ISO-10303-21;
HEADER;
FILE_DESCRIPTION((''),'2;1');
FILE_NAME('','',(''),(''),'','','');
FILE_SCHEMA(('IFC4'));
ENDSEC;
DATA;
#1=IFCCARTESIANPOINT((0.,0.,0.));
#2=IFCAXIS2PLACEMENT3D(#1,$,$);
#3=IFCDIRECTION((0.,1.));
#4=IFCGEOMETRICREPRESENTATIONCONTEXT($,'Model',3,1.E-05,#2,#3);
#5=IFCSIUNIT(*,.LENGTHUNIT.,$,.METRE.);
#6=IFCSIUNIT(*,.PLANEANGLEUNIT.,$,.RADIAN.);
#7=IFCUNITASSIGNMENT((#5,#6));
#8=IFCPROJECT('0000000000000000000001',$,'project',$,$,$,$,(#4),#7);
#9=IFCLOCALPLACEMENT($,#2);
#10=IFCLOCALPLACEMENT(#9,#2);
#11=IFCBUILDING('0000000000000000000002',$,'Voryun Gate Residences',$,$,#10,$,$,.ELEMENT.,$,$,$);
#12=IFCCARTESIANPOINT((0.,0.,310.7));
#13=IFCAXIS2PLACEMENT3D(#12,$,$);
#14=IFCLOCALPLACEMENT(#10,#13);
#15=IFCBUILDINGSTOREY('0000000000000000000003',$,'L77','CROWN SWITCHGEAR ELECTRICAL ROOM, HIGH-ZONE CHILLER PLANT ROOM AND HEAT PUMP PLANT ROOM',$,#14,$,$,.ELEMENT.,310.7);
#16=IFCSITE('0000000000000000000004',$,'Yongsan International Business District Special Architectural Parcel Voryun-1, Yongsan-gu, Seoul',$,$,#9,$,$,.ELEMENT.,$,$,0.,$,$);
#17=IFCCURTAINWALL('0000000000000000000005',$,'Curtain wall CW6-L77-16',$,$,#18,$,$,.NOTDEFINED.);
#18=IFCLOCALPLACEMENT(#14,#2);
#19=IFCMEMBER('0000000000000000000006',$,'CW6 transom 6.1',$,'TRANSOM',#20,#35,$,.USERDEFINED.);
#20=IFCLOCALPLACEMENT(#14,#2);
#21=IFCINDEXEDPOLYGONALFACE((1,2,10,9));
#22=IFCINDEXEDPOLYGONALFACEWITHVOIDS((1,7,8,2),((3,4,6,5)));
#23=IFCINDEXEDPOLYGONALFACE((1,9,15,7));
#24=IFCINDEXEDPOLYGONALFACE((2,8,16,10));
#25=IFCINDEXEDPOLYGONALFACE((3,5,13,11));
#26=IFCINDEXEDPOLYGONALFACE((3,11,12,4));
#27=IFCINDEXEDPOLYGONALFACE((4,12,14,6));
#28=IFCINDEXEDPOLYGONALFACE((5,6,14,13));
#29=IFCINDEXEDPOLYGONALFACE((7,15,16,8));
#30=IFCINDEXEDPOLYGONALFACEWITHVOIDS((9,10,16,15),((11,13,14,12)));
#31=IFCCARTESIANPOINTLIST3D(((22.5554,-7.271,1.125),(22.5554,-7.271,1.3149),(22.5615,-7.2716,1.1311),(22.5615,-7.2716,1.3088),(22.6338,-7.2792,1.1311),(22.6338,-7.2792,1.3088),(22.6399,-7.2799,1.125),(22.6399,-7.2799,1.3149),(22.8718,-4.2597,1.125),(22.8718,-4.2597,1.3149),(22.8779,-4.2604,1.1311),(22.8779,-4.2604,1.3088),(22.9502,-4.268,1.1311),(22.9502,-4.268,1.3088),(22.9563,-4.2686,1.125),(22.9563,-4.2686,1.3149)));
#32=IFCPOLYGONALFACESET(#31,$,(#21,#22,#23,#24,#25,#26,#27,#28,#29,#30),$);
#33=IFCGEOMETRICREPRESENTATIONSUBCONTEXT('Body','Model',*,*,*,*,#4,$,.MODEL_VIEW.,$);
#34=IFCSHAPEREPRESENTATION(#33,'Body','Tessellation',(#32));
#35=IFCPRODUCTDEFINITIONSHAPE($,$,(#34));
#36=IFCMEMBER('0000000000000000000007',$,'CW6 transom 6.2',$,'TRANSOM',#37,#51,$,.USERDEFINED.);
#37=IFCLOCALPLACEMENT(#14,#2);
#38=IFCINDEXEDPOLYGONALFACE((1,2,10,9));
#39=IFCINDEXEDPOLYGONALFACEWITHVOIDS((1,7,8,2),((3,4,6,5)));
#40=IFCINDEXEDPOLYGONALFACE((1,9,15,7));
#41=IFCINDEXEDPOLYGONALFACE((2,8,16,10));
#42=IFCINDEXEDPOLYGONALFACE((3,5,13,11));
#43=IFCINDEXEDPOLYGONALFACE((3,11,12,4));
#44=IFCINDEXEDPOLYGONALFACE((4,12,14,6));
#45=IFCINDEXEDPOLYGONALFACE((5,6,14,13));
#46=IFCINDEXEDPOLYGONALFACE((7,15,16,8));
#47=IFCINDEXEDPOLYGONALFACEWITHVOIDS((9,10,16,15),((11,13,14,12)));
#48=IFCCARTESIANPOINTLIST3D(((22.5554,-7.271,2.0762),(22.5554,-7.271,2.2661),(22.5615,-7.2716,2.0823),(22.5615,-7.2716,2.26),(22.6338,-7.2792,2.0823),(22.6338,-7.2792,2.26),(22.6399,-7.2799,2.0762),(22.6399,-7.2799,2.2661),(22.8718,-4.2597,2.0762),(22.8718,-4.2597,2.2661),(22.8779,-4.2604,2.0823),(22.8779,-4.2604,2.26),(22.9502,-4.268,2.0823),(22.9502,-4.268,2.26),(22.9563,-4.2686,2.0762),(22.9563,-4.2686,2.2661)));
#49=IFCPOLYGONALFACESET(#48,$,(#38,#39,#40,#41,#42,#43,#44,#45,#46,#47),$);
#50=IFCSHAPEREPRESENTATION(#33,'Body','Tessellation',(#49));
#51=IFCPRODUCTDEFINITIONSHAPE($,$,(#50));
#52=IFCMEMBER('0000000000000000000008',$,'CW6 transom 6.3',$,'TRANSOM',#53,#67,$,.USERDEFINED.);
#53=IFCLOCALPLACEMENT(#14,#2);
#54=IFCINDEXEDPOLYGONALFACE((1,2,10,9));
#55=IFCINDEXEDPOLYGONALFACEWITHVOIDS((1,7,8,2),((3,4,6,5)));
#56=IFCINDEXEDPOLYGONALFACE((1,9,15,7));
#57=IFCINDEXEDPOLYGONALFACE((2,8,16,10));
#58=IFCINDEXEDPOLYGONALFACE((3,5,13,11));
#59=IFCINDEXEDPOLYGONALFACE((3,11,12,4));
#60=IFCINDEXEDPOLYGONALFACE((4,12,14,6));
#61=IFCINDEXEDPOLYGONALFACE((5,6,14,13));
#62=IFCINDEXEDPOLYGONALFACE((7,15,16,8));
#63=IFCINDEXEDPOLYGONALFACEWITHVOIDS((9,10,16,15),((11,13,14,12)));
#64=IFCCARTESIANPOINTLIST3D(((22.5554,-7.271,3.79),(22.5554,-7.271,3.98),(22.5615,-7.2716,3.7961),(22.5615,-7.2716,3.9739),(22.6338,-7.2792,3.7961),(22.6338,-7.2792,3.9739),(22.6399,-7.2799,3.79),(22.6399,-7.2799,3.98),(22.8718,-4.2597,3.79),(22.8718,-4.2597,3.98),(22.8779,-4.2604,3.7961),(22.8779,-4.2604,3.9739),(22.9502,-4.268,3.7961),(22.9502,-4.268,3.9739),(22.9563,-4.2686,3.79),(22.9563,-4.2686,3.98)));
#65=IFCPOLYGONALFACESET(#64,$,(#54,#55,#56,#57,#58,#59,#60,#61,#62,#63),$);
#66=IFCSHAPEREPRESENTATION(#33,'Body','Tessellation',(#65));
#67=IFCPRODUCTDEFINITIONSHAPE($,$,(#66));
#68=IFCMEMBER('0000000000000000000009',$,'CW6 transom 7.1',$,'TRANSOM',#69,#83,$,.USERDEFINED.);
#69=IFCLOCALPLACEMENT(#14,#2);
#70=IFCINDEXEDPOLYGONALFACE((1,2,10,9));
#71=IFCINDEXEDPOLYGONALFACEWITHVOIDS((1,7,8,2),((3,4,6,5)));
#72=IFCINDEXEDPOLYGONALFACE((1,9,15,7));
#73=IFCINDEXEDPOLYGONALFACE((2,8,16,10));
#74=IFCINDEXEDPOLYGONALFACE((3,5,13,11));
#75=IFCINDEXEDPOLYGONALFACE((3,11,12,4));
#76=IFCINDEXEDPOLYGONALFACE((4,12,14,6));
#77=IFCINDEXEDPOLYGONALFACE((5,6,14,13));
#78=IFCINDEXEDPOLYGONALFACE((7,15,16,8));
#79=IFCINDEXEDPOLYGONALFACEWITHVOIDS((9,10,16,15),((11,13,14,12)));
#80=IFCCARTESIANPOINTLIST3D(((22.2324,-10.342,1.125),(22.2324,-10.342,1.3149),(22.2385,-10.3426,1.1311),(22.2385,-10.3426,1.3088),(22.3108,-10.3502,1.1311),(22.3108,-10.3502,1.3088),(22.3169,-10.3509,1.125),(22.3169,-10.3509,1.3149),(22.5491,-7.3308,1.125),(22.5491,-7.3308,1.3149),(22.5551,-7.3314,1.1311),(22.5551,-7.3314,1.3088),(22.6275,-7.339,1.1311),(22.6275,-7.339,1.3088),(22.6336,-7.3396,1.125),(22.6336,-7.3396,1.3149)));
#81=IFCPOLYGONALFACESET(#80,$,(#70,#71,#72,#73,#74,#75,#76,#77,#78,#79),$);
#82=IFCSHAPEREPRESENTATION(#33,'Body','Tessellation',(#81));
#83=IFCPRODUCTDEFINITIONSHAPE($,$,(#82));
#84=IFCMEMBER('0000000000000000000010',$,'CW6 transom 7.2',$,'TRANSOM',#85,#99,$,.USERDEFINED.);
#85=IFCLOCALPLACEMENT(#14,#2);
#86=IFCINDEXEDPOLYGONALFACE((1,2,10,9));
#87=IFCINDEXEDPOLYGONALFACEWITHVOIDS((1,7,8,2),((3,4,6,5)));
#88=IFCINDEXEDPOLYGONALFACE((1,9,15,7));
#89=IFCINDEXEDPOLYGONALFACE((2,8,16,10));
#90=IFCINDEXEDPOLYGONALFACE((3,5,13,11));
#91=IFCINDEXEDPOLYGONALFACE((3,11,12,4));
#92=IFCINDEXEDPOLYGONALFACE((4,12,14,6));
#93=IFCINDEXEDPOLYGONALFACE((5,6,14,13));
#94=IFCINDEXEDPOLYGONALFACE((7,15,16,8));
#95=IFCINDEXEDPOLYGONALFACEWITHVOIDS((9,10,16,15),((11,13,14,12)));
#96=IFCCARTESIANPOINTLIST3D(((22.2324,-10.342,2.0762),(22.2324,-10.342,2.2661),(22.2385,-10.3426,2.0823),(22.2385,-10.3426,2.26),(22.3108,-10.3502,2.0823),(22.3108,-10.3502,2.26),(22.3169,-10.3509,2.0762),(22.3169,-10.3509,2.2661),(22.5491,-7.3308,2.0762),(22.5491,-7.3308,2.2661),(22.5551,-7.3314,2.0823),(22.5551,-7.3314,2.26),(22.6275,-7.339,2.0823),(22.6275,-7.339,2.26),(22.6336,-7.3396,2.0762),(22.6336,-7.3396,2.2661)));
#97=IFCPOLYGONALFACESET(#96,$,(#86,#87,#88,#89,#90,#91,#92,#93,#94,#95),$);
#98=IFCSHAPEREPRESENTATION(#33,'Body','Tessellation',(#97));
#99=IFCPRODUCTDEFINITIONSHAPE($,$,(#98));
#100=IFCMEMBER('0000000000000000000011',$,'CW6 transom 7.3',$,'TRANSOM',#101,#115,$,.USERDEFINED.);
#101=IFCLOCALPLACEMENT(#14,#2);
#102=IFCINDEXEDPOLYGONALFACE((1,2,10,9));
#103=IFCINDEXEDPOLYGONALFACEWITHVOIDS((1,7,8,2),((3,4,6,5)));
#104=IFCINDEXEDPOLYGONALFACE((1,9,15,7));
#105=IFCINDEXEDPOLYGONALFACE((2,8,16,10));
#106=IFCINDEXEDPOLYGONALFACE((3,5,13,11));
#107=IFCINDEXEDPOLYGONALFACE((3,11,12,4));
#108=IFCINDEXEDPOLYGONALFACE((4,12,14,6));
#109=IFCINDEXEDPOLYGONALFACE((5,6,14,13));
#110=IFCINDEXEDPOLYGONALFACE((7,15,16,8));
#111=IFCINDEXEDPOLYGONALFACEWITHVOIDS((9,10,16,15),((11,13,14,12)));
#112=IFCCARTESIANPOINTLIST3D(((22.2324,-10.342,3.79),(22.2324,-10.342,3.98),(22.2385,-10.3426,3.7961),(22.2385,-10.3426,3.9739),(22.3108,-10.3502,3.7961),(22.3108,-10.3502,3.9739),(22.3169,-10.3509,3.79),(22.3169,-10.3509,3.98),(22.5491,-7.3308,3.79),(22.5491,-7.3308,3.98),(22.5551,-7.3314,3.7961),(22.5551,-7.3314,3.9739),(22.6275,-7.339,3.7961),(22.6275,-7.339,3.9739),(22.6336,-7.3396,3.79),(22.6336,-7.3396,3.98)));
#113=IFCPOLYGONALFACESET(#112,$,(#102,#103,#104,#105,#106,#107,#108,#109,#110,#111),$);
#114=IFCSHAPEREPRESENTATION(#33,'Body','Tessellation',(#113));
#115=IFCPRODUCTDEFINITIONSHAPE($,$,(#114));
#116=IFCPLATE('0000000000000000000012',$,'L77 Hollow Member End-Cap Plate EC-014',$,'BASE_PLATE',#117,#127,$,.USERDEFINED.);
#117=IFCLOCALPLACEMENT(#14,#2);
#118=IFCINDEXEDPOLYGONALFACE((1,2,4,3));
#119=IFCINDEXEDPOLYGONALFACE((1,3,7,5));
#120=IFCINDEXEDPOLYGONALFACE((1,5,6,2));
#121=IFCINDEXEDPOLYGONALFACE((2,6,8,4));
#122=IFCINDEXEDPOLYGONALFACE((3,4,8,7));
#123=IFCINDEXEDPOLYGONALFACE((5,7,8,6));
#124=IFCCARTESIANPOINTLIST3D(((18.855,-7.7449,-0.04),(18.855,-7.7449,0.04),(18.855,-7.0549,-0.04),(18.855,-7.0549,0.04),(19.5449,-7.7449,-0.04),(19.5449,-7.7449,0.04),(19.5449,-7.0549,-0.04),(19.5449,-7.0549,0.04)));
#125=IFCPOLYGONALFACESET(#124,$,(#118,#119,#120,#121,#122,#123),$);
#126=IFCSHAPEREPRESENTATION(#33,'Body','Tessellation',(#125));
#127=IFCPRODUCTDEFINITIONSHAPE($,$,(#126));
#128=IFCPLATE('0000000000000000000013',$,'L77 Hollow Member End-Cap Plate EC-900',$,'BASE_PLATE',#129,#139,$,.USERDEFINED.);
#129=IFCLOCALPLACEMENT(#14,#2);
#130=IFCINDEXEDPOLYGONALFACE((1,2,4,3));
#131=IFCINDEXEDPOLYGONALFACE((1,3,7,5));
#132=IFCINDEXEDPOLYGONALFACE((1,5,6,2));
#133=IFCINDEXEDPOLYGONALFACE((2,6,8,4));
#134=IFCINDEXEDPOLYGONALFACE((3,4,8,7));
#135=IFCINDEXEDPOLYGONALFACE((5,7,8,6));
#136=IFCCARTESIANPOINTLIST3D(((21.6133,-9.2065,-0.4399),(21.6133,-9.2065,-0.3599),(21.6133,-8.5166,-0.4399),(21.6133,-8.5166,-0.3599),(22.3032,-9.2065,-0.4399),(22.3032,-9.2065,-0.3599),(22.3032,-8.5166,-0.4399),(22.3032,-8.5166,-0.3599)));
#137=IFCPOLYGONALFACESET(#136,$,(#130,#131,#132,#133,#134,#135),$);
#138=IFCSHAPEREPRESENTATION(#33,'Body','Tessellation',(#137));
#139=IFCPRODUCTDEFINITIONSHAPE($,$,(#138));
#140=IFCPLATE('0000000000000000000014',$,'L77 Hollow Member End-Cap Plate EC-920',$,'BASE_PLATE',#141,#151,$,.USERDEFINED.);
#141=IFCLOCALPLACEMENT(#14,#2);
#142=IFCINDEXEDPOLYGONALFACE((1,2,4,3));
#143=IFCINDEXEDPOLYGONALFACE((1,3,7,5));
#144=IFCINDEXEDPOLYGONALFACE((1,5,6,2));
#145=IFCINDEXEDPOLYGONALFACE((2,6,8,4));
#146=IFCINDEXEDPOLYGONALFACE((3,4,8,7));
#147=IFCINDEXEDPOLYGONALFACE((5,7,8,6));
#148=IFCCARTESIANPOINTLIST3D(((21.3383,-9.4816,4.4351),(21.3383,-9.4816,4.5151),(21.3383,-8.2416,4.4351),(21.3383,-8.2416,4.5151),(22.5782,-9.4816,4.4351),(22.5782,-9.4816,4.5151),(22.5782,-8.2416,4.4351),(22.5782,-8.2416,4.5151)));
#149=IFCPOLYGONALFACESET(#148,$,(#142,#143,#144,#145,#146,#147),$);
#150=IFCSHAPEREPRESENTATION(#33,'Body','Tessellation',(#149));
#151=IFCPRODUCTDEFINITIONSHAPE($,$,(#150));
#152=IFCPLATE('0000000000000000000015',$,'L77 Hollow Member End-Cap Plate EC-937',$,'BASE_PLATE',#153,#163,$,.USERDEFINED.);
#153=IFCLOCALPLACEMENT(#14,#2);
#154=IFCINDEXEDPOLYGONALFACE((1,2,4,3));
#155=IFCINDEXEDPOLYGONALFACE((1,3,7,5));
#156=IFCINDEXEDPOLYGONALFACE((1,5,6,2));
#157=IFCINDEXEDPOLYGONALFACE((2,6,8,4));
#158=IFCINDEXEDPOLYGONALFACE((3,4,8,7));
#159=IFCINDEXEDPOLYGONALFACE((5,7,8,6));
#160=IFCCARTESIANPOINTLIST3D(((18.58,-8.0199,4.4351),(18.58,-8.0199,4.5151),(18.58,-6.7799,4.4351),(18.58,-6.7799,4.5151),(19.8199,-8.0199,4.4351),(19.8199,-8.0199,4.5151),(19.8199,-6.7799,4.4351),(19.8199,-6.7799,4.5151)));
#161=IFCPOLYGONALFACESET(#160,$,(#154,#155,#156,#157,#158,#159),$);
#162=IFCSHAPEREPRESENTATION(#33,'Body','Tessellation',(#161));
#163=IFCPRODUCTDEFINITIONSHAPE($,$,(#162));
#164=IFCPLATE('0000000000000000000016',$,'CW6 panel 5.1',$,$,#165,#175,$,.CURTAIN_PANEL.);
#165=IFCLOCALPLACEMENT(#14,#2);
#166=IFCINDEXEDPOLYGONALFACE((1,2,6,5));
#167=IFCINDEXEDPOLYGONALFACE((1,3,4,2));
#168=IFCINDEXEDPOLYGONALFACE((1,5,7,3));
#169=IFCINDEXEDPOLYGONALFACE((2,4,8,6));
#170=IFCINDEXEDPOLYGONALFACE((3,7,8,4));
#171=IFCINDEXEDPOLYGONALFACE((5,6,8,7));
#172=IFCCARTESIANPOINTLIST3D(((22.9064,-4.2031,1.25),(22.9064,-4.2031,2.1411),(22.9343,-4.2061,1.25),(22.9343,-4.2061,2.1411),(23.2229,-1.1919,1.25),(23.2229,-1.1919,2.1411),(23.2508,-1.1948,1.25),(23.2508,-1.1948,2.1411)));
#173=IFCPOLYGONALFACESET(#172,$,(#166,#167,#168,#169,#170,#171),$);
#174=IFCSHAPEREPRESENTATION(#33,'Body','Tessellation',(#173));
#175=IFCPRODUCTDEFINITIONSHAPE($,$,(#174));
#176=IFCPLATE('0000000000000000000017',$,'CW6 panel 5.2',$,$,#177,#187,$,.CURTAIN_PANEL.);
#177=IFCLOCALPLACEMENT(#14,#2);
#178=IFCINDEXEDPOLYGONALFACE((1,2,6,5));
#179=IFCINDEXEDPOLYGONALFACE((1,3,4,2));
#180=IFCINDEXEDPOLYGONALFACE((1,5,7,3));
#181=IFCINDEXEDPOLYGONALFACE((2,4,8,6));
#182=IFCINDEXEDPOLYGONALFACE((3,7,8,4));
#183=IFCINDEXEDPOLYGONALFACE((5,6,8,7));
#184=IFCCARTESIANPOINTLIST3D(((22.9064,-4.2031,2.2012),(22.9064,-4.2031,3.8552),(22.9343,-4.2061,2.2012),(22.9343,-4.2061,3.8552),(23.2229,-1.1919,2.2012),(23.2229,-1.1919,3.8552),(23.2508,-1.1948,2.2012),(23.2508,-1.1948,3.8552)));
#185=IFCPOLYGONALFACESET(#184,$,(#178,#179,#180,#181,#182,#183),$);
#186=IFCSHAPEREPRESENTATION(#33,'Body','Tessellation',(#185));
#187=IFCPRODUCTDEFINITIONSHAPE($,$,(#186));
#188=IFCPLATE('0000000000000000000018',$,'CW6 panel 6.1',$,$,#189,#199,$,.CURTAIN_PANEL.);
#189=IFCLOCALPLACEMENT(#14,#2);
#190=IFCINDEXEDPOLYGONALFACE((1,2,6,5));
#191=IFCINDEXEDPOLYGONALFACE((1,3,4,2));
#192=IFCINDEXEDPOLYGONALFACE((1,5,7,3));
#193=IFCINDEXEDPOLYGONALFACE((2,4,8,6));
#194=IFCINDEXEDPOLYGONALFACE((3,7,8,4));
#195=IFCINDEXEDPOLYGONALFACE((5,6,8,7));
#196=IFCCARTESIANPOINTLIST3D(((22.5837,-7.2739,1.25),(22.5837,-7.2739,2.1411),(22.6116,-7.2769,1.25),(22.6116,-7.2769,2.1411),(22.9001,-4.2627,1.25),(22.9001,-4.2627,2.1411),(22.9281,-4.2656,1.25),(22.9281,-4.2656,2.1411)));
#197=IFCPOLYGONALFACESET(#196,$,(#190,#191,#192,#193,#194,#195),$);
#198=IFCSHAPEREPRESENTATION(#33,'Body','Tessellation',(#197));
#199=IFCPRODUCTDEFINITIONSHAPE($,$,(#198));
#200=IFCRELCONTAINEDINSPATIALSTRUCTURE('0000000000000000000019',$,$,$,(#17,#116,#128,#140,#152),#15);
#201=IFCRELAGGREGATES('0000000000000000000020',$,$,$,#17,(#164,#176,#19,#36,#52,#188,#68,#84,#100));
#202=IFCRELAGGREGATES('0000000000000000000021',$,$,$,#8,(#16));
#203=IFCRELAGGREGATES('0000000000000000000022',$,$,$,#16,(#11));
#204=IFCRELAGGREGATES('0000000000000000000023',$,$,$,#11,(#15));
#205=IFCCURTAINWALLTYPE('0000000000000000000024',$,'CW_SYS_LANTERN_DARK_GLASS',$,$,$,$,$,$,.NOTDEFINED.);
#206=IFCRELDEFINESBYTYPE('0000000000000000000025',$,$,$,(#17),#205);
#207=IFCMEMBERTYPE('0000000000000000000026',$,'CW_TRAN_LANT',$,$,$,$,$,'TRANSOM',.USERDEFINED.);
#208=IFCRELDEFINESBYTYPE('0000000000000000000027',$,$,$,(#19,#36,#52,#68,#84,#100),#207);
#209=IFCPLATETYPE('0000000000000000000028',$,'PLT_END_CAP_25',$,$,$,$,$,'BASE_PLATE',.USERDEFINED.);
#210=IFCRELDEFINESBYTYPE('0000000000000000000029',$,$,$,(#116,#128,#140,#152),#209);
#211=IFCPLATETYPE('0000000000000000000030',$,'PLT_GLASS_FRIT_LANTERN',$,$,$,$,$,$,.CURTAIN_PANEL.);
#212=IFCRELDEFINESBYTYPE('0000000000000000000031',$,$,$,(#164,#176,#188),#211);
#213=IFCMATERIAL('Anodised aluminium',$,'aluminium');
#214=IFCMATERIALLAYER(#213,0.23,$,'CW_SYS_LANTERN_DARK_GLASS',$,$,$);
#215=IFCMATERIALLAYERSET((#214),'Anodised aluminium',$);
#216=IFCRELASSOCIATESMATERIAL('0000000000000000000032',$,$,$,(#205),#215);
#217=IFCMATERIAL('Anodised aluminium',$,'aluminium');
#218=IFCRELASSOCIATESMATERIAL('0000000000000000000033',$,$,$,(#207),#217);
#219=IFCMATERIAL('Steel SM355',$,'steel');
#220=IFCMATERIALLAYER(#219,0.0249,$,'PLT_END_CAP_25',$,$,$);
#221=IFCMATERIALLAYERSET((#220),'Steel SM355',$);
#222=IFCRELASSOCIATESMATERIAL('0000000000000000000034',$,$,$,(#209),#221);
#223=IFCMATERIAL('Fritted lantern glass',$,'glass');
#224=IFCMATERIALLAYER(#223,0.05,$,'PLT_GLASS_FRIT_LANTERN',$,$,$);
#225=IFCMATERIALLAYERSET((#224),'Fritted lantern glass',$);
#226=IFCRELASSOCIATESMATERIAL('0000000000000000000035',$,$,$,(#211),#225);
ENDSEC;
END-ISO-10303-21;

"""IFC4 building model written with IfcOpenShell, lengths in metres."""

from ifc_helpers import new_model, si_unit, direction, frame, origin, origin_2d, place, context, subcontext, project, spatial, rectangle, hollow_rectangle, extrude, material, layer, layer_set, material_profile, profile_set, type_object, element, aggregate, save


model = new_model("IFC4")

# Units and contexts
model_context = context("Model", 3, precision=1e-05, world=origin(), true_north=direction((0.0, 1.0)))
body_context = subcontext(model_context, "Body", "Model", "MODEL_VIEW")
ifc_project = project(units=[si_unit("LENGTHUNIT", "METRE"), si_unit("PLANEANGLEUNIT", "RADIAN")], contexts=[model_context])

# Site, building, storey
site_placement = place(None, origin())
site = spatial("IfcSite", under=ifc_project, at=site_placement, Name="Yongsan International Business District Special Architectural Parcel Voryun-1, Yongsan-gu, Seoul", CompositionType="ELEMENT", RefElevation=0.0)
building_placement = place(site_placement, origin())
building = spatial("IfcBuilding", under=site, at=building_placement, Name="Voryun Gate Residences", CompositionType="ELEMENT")
storey_placement = place(building_placement, frame((0.0, 0.0, 310.7)))
storey = spatial("IfcBuildingStorey", under=building, at=storey_placement, Name="L77", Description="CROWN SWITCHGEAR ELECTRICAL ROOM, HIGH-ZONE CHILLER PLANT ROOM AND HEAT PUMP PLANT ROOM", CompositionType="ELEMENT", Elevation=310.7)

# Curtain wall, members
ifc_material_1 = material(Name="Anodised aluminium", Category="aluminium")
ifc_layer_1 = layer(ifc_material_1, 0.23, Name="CW_SYS_LANTERN_DARK_GLASS")
ifc_layer_set_1 = layer_set([ifc_layer_1], Name="Anodised aluminium")
curtain_wall_type = type_object("IfcCurtainWallType", Name="CW_SYS_LANTERN_DARK_GLASS", PredefinedType="NOTDEFINED", material=ifc_layer_set_1)
curtain_wall_placement = place(storey_placement, origin())
curtain_wall = element("IfcCurtainWall", 1, at=curtain_wall_placement, inside=storey, type_object=curtain_wall_type, Name="Curtain wall CW6-L77-16", PredefinedType="NOTDEFINED")
ifc_material_2 = material(Name="Anodised aluminium", Category="aluminium")
ifc_material_profile_1 = material_profile(ifc_material_2, hollow_rectangle(XDim=0.085, YDim=0.1899, WallThickness=0.0061, at=origin_2d()), Name="ALU-TRAN-190x85x6")
ifc_profile_set_1 = profile_set([ifc_material_profile_1], Name="Anodised aluminium")
member_type_1 = type_object("IfcMemberType", Name="CW_TRAN_LANT", ElementType="TRANSOM", PredefinedType="USERDEFINED", material=ifc_profile_set_1)
member_1_placement = place(storey_placement, frame((22.9141, -4.2642, 1.22), z_axis=(-0.1045, -0.994525, 0.0), x_axis=(0.994525, -0.1045, 0.0)))
member_1 = element("IfcMember", 2, at=member_1_placement, type_object=member_type_1, Name="CW6 transom 6.1", ObjectType="TRANSOM", PredefinedType="USERDEFINED", context=body_context, shape_type="SweptSolid", body=[
    extrude(hollow_rectangle(XDim=0.085, YDim=0.1899, WallThickness=0.0061, at=origin_2d()), origin(), (0.0, 0.0, 1.0), 3.0278),
])
member_2_placement = place(storey_placement, frame((22.9141, -4.2642, 2.1711), z_axis=(-0.1045, -0.994525, 0.0), x_axis=(0.994525, -0.1045, 0.0)))
member_2 = element("IfcMember", 3, at=member_2_placement, type_object=member_type_1, Name="CW6 transom 6.2", ObjectType="TRANSOM", PredefinedType="USERDEFINED", context=body_context, shape_type="SweptSolid", body=[
    extrude(hollow_rectangle(XDim=0.085, YDim=0.1899, WallThickness=0.0061, at=origin_2d()), origin(), (0.0, 0.0, 1.0), 3.0278),
])
member_3_placement = place(storey_placement, frame((22.9141, -4.2642, 3.885), z_axis=(-0.1045, -0.994525, 0.0), x_axis=(0.994525, -0.1045, 0.0)))
member_3 = element("IfcMember", 4, at=member_3_placement, type_object=member_type_1, Name="CW6 transom 6.3", ObjectType="TRANSOM", PredefinedType="USERDEFINED", context=body_context, shape_type="SweptSolid", body=[
    extrude(hollow_rectangle(XDim=0.085, YDim=0.1899, WallThickness=0.0061, at=origin_2d()), origin(), (0.0, 0.0, 1.0), 3.0278),
])
member_4_placement = place(storey_placement, frame((22.5913, -7.3352, 1.22), z_axis=(-0.10458, -0.994516, 0.0), x_axis=(0.994516, -0.10458, 0.0)))
member_4 = element("IfcMember", 5, at=member_4_placement, type_object=member_type_1, Name="CW6 transom 7.1", ObjectType="TRANSOM", PredefinedType="USERDEFINED", context=body_context, shape_type="SweptSolid", body=[
    extrude(hollow_rectangle(XDim=0.085, YDim=0.1899, WallThickness=0.0061, at=origin_2d()), origin(), (0.0, 0.0, 1.0), 3.0278),
])
member_5_placement = place(storey_placement, frame((22.5913, -7.3352, 2.1711), z_axis=(-0.10458, -0.994516, 0.0), x_axis=(0.994516, -0.10458, 0.0)))
member_5 = element("IfcMember", 6, at=member_5_placement, type_object=member_type_1, Name="CW6 transom 7.2", ObjectType="TRANSOM", PredefinedType="USERDEFINED", context=body_context, shape_type="SweptSolid", body=[
    extrude(hollow_rectangle(XDim=0.085, YDim=0.1899, WallThickness=0.0061, at=origin_2d()), origin(), (0.0, 0.0, 1.0), 3.0278),
])
member_6_placement = place(storey_placement, frame((22.5913, -7.3352, 3.885), z_axis=(-0.10458, -0.994516, 0.0), x_axis=(0.994516, -0.10458, 0.0)))
member_6 = element("IfcMember", 7, at=member_6_placement, type_object=member_type_1, Name="CW6 transom 7.3", ObjectType="TRANSOM", PredefinedType="USERDEFINED", context=body_context, shape_type="SweptSolid", body=[
    extrude(hollow_rectangle(XDim=0.085, YDim=0.1899, WallThickness=0.0061, at=origin_2d()), origin(), (0.0, 0.0, 1.0), 3.0278),
])

# Plates
ifc_material_3 = material(Name="Steel SM355", Category="steel")
ifc_layer_2 = layer(ifc_material_3, 0.0249, Name="PLT_END_CAP_25")
ifc_layer_set_2 = layer_set([ifc_layer_2], Name="Steel SM355")
plate_type_1 = type_object("IfcPlateType", Name="PLT_END_CAP_25", ElementType="BASE_PLATE", PredefinedType="USERDEFINED", material=ifc_layer_set_2)
for number, where, z_axis, x_axis, name in (
    (8, (19.2, -7.3999, -0.04), (0.0, 0.0, 1.0), (1.0, 0.0, 0.0), "L77 Hollow Member End-Cap Plate EC-014"),
    (9, (21.9583, -8.8616, -0.4399), (0.0, 0.0, 1.0), (1.0, 0.0, 0.0), "L77 Hollow Member End-Cap Plate EC-900"),
):
    element("IfcPlate", number, at=place(storey_placement, frame(where, z_axis=z_axis, x_axis=x_axis)), inside=storey, type_object=plate_type_1, Name=name, ObjectType="BASE_PLATE", PredefinedType="USERDEFINED", context=body_context, shape_type="SweptSolid", body=[
        extrude(rectangle(XDim=0.6899, YDim=0.6899, at=origin_2d()), origin(), (0.0, 0.0, 1.0), 0.0801),
    ])
for number, where, z_axis, x_axis, name in (
    (10, (21.9583, -8.8616, 4.4351), (0.0, 0.0, 1.0), (1.0, 0.0, 0.0), "L77 Hollow Member End-Cap Plate EC-920"),
    (11, (19.2, -7.3999, 4.4351), (0.0, 0.0, 1.0), (1.0, 0.0, 0.0), "L77 Hollow Member End-Cap Plate EC-937"),
):
    element("IfcPlate", number, at=place(storey_placement, frame(where, z_axis=z_axis, x_axis=x_axis)), inside=storey, type_object=plate_type_1, Name=name, ObjectType="BASE_PLATE", PredefinedType="USERDEFINED", context=body_context, shape_type="SweptSolid", body=[
        extrude(rectangle(XDim=1.24, YDim=1.24, at=origin_2d()), origin(), (0.0, 0.0, 1.0), 0.0801),
    ])

# Plates
ifc_material_4 = material(Name="Fritted lantern glass", Category="glass")
ifc_layer_3 = layer(ifc_material_4, 0.05, Name="PLT_GLASS_FRIT_LANTERN")
ifc_layer_set_3 = layer_set([ifc_layer_3], Name="Fritted lantern glass")
plate_type_2 = type_object("IfcPlateType", Name="PLT_GLASS_FRIT_LANTERN", PredefinedType="CURTAIN_PANEL", material=ifc_layer_set_3)
plate_1_placement = place(storey_placement, frame((23.0786, -2.699, 1.25), z_axis=(0.0, 0.0, 1.0), x_axis=(-0.104528, -0.994522, 0.0)))
plate_1 = element("IfcPlate", 12, at=plate_1_placement, type_object=plate_type_2, Name="CW6 panel 5.1", PredefinedType="CURTAIN_PANEL", context=body_context, shape_type="SweptSolid", body=[
    extrude(rectangle(XDim=3.0278, YDim=0.0281, at=origin_2d()), origin(), (0.0, 0.0, 1.0), 0.8911),
])
plate_2_placement = place(storey_placement, frame((23.0786, -2.699, 2.2012), z_axis=(0.0, 0.0, 1.0), x_axis=(-0.104528, -0.994522, 0.0)))
plate_2 = element("IfcPlate", 13, at=plate_2_placement, type_object=plate_type_2, Name="CW6 panel 5.2", PredefinedType="CURTAIN_PANEL", context=body_context, shape_type="SweptSolid", body=[
    extrude(rectangle(XDim=3.0278, YDim=0.0281, at=origin_2d()), origin(), (0.0, 0.0, 1.0), 1.6541),
])
plate_3_placement = place(storey_placement, frame((22.7559, -5.7698, 1.25), z_axis=(0.0, 0.0, 1.0), x_axis=(-0.104528, -0.994522, 0.0)))
plate_3 = element("IfcPlate", 14, at=plate_3_placement, type_object=plate_type_2, Name="CW6 panel 6.1", PredefinedType="CURTAIN_PANEL", context=body_context, shape_type="SweptSolid", body=[
    extrude(rectangle(XDim=3.0278, YDim=0.0281, at=origin_2d()), origin(), (0.0, 0.0, 1.0), 0.8911),
])
aggregate(curtain_wall, [plate_1, plate_2, member_1, member_2, member_3, plate_3, member_4, member_5, member_6])

save(model, "model.ifc")
